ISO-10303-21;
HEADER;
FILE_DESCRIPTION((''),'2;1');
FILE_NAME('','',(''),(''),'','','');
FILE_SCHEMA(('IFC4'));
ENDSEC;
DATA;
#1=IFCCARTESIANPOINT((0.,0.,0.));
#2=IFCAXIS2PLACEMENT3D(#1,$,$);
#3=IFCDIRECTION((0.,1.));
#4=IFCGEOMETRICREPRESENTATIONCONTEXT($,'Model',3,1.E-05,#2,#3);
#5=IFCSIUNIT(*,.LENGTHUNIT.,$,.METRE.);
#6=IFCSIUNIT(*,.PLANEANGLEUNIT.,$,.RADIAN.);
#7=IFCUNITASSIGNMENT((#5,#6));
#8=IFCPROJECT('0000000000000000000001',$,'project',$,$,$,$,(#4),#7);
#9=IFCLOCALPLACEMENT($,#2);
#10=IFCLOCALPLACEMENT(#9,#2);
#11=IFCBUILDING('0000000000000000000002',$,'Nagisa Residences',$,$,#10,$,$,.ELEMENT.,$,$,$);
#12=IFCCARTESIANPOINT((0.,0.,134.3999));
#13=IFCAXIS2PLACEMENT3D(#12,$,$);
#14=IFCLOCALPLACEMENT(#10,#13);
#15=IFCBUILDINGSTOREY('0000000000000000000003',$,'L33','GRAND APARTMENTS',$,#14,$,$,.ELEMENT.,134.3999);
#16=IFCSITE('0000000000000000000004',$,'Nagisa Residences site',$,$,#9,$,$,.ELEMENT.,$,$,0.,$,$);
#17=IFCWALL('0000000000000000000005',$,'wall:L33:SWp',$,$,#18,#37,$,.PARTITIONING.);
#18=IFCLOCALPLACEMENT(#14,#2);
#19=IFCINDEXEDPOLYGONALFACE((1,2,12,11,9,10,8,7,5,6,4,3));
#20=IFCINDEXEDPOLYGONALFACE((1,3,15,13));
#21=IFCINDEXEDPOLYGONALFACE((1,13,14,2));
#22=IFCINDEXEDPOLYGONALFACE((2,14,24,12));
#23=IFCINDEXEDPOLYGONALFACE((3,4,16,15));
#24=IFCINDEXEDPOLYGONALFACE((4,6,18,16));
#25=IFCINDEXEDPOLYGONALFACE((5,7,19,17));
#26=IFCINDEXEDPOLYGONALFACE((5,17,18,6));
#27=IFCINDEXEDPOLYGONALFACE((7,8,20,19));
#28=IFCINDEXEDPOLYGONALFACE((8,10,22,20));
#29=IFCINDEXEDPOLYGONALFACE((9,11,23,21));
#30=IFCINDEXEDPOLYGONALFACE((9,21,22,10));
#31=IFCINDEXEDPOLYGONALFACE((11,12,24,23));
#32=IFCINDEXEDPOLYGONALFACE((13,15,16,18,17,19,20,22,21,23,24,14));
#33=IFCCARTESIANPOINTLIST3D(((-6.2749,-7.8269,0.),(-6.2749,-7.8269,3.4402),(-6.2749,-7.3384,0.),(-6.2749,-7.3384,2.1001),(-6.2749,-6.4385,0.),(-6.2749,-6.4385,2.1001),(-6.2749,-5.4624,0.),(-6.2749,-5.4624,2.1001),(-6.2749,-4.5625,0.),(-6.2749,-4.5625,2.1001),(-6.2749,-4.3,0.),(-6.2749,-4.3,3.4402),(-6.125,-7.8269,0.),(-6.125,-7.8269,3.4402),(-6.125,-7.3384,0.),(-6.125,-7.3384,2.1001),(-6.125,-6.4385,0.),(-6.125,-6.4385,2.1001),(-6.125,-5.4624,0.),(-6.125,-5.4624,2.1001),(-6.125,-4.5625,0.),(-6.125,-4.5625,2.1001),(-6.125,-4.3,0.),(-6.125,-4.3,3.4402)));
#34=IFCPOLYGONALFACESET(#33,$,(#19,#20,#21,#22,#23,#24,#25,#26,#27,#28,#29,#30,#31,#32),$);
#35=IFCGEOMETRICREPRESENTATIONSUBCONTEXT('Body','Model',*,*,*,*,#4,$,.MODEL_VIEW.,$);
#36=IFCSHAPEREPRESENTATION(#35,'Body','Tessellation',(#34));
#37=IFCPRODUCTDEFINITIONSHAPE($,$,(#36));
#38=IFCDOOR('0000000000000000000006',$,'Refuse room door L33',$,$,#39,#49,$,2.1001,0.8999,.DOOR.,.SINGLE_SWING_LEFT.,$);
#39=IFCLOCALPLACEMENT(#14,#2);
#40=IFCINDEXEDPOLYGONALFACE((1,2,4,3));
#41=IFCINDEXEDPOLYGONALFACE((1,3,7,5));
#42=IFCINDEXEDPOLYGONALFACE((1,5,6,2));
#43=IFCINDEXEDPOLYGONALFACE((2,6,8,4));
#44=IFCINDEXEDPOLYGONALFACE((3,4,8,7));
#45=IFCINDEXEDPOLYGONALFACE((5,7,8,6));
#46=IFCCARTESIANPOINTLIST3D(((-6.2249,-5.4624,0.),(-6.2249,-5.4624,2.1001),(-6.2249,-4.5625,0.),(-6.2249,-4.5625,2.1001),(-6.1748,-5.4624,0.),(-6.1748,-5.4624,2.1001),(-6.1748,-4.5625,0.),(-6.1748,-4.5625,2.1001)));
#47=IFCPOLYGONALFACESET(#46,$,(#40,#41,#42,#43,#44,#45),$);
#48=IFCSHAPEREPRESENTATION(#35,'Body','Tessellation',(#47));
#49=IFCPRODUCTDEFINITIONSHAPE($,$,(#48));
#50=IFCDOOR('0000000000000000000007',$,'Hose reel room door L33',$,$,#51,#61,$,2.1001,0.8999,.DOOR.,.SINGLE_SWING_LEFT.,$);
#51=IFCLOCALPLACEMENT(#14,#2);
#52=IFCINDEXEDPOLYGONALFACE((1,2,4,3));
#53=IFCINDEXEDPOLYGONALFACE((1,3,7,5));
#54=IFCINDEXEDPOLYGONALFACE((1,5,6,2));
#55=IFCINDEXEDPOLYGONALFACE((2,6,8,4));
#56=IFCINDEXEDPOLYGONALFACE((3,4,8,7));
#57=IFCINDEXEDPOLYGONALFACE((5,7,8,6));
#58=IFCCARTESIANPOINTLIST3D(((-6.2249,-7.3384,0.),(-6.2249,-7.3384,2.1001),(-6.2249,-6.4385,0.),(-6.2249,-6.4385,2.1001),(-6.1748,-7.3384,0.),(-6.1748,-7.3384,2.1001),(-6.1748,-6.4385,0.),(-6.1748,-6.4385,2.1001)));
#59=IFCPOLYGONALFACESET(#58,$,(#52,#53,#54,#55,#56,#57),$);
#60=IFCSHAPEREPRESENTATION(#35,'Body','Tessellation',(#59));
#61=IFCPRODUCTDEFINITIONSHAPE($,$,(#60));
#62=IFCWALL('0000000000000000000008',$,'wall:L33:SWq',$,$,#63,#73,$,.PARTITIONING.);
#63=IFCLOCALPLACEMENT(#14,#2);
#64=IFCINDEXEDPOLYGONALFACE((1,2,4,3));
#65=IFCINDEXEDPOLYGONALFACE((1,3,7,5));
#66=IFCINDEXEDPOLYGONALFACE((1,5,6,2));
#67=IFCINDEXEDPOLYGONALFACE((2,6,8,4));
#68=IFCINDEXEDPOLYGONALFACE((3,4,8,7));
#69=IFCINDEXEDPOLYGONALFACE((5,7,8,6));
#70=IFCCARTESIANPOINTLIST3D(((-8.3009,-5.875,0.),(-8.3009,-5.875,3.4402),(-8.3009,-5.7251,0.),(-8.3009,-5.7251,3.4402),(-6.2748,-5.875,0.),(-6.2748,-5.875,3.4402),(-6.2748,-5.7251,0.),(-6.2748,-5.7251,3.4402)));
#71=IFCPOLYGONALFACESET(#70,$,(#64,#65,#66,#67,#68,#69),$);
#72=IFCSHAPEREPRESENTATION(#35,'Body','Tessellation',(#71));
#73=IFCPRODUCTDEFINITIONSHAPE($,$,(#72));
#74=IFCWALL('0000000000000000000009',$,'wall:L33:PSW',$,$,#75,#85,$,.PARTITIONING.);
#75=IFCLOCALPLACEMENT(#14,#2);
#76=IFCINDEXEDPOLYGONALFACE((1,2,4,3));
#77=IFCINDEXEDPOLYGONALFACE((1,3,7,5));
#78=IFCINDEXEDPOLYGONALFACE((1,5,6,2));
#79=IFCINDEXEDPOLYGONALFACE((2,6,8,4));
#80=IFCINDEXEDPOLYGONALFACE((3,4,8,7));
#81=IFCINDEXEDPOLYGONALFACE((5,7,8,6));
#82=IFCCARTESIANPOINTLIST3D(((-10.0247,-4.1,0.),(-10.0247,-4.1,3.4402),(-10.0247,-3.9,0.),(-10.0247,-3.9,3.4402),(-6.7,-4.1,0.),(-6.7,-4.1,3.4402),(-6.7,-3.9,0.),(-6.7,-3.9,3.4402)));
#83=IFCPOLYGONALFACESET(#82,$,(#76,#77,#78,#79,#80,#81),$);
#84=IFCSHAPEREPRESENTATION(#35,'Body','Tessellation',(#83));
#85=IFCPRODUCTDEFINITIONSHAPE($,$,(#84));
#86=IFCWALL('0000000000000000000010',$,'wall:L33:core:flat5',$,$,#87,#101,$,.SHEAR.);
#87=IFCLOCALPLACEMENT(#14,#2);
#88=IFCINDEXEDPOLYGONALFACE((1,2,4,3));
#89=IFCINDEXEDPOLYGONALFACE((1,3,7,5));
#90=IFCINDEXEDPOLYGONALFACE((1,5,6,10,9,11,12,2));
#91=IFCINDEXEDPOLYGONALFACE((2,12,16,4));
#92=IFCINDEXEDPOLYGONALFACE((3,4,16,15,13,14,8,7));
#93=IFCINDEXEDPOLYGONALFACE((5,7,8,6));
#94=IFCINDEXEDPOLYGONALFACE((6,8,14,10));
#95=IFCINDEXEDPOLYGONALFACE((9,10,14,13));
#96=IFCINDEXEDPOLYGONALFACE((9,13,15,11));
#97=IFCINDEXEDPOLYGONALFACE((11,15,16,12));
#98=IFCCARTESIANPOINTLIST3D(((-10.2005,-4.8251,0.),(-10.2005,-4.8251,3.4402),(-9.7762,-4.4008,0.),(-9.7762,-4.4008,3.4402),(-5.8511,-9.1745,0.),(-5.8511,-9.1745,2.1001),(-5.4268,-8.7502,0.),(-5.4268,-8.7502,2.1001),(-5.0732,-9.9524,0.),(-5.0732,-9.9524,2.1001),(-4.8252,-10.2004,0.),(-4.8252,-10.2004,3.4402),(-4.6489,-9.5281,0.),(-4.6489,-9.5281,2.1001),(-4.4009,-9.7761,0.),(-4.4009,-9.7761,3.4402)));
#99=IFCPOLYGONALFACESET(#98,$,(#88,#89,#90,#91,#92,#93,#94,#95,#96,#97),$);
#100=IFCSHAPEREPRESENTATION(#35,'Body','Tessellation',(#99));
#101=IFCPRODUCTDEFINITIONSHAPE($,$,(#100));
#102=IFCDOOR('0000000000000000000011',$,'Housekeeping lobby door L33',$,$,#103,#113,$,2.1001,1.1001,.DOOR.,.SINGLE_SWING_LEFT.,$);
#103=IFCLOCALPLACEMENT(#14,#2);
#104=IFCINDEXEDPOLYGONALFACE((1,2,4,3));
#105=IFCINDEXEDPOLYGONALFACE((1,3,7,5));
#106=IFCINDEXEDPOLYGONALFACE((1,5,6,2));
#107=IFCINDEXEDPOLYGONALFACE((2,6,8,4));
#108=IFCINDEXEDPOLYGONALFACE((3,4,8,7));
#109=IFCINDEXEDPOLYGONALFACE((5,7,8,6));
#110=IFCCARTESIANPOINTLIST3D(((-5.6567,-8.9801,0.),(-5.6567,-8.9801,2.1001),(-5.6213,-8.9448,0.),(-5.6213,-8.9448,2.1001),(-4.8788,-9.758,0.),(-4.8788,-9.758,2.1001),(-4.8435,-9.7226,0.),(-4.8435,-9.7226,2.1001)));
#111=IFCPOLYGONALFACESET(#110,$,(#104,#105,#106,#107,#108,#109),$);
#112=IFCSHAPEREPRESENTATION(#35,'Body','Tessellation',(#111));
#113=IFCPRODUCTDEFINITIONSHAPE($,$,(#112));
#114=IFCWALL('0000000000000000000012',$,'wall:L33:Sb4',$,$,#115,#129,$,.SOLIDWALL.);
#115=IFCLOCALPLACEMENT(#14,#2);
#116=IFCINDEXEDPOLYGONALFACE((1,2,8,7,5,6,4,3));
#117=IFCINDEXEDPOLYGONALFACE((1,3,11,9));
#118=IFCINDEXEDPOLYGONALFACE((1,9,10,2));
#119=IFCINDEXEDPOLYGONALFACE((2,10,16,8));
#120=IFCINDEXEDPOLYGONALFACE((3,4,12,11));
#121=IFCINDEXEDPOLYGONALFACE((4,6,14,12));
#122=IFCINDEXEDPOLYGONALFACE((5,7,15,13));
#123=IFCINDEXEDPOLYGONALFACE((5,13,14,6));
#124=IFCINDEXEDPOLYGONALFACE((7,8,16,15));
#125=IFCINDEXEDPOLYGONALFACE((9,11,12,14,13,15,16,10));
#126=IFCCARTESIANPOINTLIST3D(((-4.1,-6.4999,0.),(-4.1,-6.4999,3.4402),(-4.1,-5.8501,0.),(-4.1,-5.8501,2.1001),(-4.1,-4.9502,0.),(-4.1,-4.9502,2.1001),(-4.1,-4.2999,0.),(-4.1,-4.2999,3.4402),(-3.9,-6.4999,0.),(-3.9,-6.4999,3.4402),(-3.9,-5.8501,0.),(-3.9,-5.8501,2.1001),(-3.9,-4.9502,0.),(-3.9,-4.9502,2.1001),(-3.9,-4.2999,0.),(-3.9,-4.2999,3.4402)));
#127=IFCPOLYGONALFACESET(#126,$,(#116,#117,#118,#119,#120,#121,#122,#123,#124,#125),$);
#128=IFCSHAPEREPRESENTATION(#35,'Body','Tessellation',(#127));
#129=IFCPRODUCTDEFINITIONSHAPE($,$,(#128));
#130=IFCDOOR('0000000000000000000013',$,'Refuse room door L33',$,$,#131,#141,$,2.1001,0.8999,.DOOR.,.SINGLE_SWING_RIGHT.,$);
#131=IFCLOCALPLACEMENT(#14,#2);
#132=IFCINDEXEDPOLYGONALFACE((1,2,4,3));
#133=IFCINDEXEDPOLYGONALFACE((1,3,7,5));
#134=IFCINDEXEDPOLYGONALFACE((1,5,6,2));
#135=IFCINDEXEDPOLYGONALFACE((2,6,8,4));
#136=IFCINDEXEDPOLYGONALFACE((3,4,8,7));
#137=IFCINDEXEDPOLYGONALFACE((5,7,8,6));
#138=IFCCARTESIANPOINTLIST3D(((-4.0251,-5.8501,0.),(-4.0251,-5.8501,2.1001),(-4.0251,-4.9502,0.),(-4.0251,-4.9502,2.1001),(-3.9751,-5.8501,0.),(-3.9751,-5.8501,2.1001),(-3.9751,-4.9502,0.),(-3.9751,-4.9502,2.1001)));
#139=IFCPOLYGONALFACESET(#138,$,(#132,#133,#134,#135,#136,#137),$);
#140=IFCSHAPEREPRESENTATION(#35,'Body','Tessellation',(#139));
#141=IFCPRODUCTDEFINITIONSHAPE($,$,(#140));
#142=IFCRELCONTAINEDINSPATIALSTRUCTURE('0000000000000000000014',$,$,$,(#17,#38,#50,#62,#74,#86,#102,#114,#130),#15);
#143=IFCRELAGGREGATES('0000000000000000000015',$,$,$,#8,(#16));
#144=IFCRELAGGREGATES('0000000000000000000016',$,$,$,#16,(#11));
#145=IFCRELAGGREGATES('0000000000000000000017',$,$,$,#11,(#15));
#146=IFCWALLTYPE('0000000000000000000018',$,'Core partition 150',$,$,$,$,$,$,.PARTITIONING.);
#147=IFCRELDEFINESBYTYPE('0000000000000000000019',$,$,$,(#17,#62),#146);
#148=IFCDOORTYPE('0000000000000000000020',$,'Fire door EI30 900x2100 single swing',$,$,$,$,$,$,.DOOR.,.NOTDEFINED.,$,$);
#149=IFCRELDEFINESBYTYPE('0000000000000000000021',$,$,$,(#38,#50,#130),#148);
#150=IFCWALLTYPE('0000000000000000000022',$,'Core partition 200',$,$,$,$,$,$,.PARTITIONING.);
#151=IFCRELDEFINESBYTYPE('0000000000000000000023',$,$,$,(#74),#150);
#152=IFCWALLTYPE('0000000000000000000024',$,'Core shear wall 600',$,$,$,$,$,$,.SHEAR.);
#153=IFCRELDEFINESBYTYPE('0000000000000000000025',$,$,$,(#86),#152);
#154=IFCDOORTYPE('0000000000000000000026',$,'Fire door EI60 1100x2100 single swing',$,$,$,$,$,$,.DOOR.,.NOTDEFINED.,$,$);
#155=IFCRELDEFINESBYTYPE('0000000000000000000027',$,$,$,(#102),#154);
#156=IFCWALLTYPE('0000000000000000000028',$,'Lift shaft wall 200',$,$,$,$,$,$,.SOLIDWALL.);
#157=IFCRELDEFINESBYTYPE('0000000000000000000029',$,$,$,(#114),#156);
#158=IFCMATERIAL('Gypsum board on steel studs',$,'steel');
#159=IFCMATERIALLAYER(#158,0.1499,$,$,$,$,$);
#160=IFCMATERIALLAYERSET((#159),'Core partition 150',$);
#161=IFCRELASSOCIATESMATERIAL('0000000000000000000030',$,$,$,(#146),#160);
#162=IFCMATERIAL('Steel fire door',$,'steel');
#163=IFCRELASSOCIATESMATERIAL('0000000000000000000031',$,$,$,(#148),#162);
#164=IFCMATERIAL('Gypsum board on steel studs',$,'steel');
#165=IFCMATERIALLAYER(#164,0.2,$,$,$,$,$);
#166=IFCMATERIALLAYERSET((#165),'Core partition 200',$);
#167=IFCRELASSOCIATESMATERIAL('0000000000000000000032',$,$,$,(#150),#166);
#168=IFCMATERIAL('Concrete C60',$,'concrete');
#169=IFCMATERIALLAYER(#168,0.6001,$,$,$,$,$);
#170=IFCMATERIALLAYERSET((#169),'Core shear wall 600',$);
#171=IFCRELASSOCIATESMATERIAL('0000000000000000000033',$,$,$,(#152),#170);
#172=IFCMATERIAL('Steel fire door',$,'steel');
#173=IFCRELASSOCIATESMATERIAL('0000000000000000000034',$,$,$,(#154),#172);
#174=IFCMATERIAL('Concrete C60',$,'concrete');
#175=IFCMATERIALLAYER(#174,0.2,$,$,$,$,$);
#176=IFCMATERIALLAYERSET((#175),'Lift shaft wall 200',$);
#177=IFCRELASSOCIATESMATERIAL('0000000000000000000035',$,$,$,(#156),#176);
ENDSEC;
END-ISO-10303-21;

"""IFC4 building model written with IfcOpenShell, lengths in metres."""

from ifc_helpers import new_model, si_unit, direction, frame, frame_2d, origin, place, context, subcontext, project, spatial, rectangle, extrude, material, layer, layer_set, type_object, element, fill, save


model = new_model("IFC4")

# Units and contexts
model_context = context("Model", 3, precision=1e-05, world=origin(), true_north=direction((0.0, 1.0)))
body_context = subcontext(model_context, "Body", "Model", "MODEL_VIEW")
ifc_project = project(units=[si_unit("LENGTHUNIT", "METRE"), si_unit("PLANEANGLEUNIT", "RADIAN")], contexts=[model_context])

# Site, building, storey
site_placement = place(None, origin())
site = spatial("IfcSite", under=ifc_project, at=site_placement, Name="Nagisa Residences site", CompositionType="ELEMENT", RefElevation=0.0)
building_placement = place(site_placement, origin())
building = spatial("IfcBuilding", under=site, at=building_placement, Name="Nagisa Residences", CompositionType="ELEMENT")
storey_placement = place(building_placement, frame((0.0, 0.0, 134.3999)))
storey = spatial("IfcBuildingStorey", under=building, at=storey_placement, Name="L33", Description="GRAND APARTMENTS", CompositionType="ELEMENT", Elevation=134.3999)

# Wall, openings, doors
ifc_material_1 = material(Name="Gypsum board on steel studs", Category="steel")
ifc_layer_1 = layer(ifc_material_1, 0.1499)
ifc_layer_set_1 = layer_set([ifc_layer_1], Name="Core partition 150")
wall_type_1 = type_object("IfcWallType", Name="Core partition 150", PredefinedType="PARTITIONING", material=ifc_layer_set_1)
wall_1_placement = place(storey_placement, frame((-6.2, -7.8269, 0.0), z_axis=(0.0, 0.0, 1.0), x_axis=(0.0, 1.0, 0.0)))
wall_1 = element("IfcWall", 1, at=wall_1_placement, inside=storey, type_object=wall_type_1, Name="wall:L33:SWp", PredefinedType="PARTITIONING", context=body_context, shape_type="SweptSolid", body=[
    extrude(rectangle(XDim=3.5269, YDim=0.1499, at=frame_2d((1.7634, 0.0))), origin(), (0.0, 0.0, 1.0), 3.4402),
])
opening_1_placement = place(wall_1_placement, frame((2.3645, 0.0, 0.0)))
opening_1 = element("IfcOpeningElement", 2, at=opening_1_placement, cuts=wall_1, PredefinedType="OPENING", context=body_context, shape_type="SweptSolid", body=[
    extrude(rectangle(XDim=0.8999, YDim=2.1001, at=frame_2d((0.45, 1.05))), frame((0.0, 0.085, 0.0), z_axis=(0.0, -1.0, 0.0), x_axis=(1.0, 0.0, 0.0)), (0.0, 0.0, 1.0), 0.1699),
])
opening_2_placement = place(wall_1_placement, frame((0.4885, 0.0, 0.0)))
opening_2 = element("IfcOpeningElement", 3, at=opening_2_placement, cuts=wall_1, PredefinedType="OPENING", context=body_context, shape_type="SweptSolid", body=[
    extrude(rectangle(XDim=0.8999, YDim=2.1001, at=frame_2d((0.45, 1.05))), frame((0.0, 0.085, 0.0), z_axis=(0.0, -1.0, 0.0), x_axis=(1.0, 0.0, 0.0)), (0.0, 0.0, 1.0), 0.1699),
])
ifc_material_2 = material(Name="Steel fire door", Category="steel")
door_type_1 = type_object("IfcDoorType", Name="Fire door EI30 900x2100 single swing", OperationType="NOTDEFINED", PredefinedType="DOOR", material=ifc_material_2)
door_1_placement = place(opening_1_placement, origin())
door_1 = element("IfcDoor", 4, at=door_1_placement, inside=storey, type_object=door_type_1, Name="Refuse room door L33", OperationType="SINGLE_SWING_LEFT", OverallHeight=2.1001, OverallWidth=0.8999, PredefinedType="DOOR", context=body_context, shape_type="SweptSolid", body=[
    extrude(rectangle(XDim=0.8999, YDim=2.1001, at=frame_2d((0.45, 1.05))), frame((0.0, 0.0249, 0.0), z_axis=(0.0, -1.0, 0.0), x_axis=(1.0, 0.0, 0.0)), (0.0, 0.0, 1.0), 0.05),
])
fill(opening_1, door_1)
door_2_placement = place(opening_2_placement, origin())
door_2 = element("IfcDoor", 5, at=door_2_placement, inside=storey, type_object=door_type_1, Name="Hose reel room door L33", OperationType="SINGLE_SWING_LEFT", OverallHeight=2.1001, OverallWidth=0.8999, PredefinedType="DOOR", context=body_context, shape_type="SweptSolid", body=[
    extrude(rectangle(XDim=0.8999, YDim=2.1001, at=frame_2d((0.45, 1.05))), frame((0.0, 0.0249, 0.0), z_axis=(0.0, -1.0, 0.0), x_axis=(1.0, 0.0, 0.0)), (0.0, 0.0, 1.0), 0.05),
])
fill(opening_2, door_2)

# Walls
wall_2_placement = place(storey_placement, frame((-8.301, -5.8, 0.0), z_axis=(0.0, 0.0, 1.0), x_axis=(1.0, 0.0, 0.0)))
element("IfcWall", 6, at=wall_2_placement, inside=storey, type_object=wall_type_1, Name="wall:L33:SWq", PredefinedType="PARTITIONING", context=body_context, shape_type="SweptSolid", body=[
    extrude(rectangle(XDim=2.0261, YDim=0.1499, at=frame_2d((1.0132, 0.0))), origin(), (0.0, 0.0, 1.0), 3.4402),
])
ifc_material_3 = material(Name="Gypsum board on steel studs", Category="steel")
ifc_layer_2 = layer(ifc_material_3, 0.2)
ifc_layer_set_2 = layer_set([ifc_layer_2], Name="Core partition 200")
wall_type_2 = type_object("IfcWallType", Name="Core partition 200", PredefinedType="PARTITIONING", material=ifc_layer_set_2)
wall_3_placement = place(storey_placement, frame((-10.0247, -4.0, 0.0), z_axis=(0.0, 0.0, 1.0), x_axis=(1.0, 0.0, 0.0)))
element("IfcWall", 7, at=wall_3_placement, inside=storey, type_object=wall_type_2, Name="wall:L33:PSW", PredefinedType="PARTITIONING", context=body_context, shape_type="SweptSolid", body=[
    extrude(rectangle(XDim=3.3247, YDim=0.2, at=frame_2d((1.6624, 0.0))), origin(), (0.0, 0.0, 1.0), 3.4402),
])

# Walls, openings, doors
ifc_material_4 = material(Name="Concrete C60", Category="concrete")
ifc_layer_3 = layer(ifc_material_4, 0.6001)
ifc_layer_set_3 = layer_set([ifc_layer_3], Name="Core shear wall 600")
wall_type_3 = type_object("IfcWallType", Name="Core shear wall 600", PredefinedType="SHEAR", material=ifc_layer_set_3)
wall_4_placement = place(storey_placement, frame((-9.9883, -4.613, 0.0), z_axis=(0.0, 0.0, 1.0), x_axis=(0.707107, -0.707107, 0.0)))
wall_4 = element("IfcWall", 8, at=wall_4_placement, inside=storey, type_object=wall_type_3, Name="wall:L33:core:flat5", PredefinedType="SHEAR", context=body_context, shape_type="SweptSolid", body=[
    extrude(rectangle(XDim=7.6018, YDim=0.6001, at=frame_2d((3.8008, 0.0))), origin(), (0.0, 0.0, 1.0), 3.4402),
])
opening_3_placement = place(wall_4_placement, frame((6.1509, 0.0, 0.0)))
opening_3 = element("IfcOpeningElement", 9, at=opening_3_placement, cuts=wall_4, PredefinedType="OPENING", context=body_context, shape_type="SweptSolid", body=[
    extrude(rectangle(XDim=1.1001, YDim=2.1001, at=frame_2d((0.55, 1.05))), frame((0.0, 0.3101, 0.0), z_axis=(0.0, -1.0, 0.0), x_axis=(1.0, 0.0, 0.0)), (0.0, 0.0, 1.0), 0.6201),
])
ifc_material_5 = material(Name="Steel fire door", Category="steel")
door_type_2 = type_object("IfcDoorType", Name="Fire door EI60 1100x2100 single swing", OperationType="NOTDEFINED", PredefinedType="DOOR", material=ifc_material_5)
door_3_placement = place(opening_3_placement, origin())
door_3 = element("IfcDoor", 10, at=door_3_placement, inside=storey, type_object=door_type_2, Name="Housekeeping lobby door L33", OperationType="SINGLE_SWING_LEFT", OverallHeight=2.1001, OverallWidth=1.1001, PredefinedType="DOOR", context=body_context, shape_type="SweptSolid", body=[
    extrude(rectangle(XDim=1.1001, YDim=2.1001, at=frame_2d((0.55, 1.05))), frame((0.0, 0.0249, 0.0), z_axis=(0.0, -1.0, 0.0), x_axis=(1.0, 0.0, 0.0)), (0.0, 0.0, 1.0), 0.05),
])
fill(opening_3, door_3)
ifc_material_6 = material(Name="Concrete C60", Category="concrete")
ifc_layer_4 = layer(ifc_material_6, 0.2)
ifc_layer_set_4 = layer_set([ifc_layer_4], Name="Lift shaft wall 200")
wall_type_4 = type_object("IfcWallType", Name="Lift shaft wall 200", PredefinedType="SOLIDWALL", material=ifc_layer_set_4)
wall_5_placement = place(storey_placement, frame((-4.0, -6.5, 0.0), z_axis=(0.0, 0.0, 1.0), x_axis=(0.0, 1.0, 0.0)))
wall_5 = element("IfcWall", 11, at=wall_5_placement, inside=storey, type_object=wall_type_4, Name="wall:L33:Sb4", PredefinedType="SOLIDWALL", context=body_context, shape_type="SweptSolid", body=[
    extrude(rectangle(XDim=2.2, YDim=0.2, at=frame_2d((1.1001, 0.0))), origin(), (0.0, 0.0, 1.0), 3.4402),
])
opening_4_placement = place(wall_5_placement, frame((0.6499, 0.0, 0.0)))
opening_4 = element("IfcOpeningElement", 12, at=opening_4_placement, cuts=wall_5, PredefinedType="OPENING", context=body_context, shape_type="SweptSolid", body=[
    extrude(rectangle(XDim=0.8999, YDim=2.1001, at=frame_2d((0.45, 1.05))), frame((0.0, 0.1099, 0.0), z_axis=(0.0, -1.0, 0.0), x_axis=(1.0, 0.0, 0.0)), (0.0, 0.0, 1.0), 0.22),
])
door_4_placement = place(opening_4_placement, frame((0.8999, 0.0, 0.0), x_axis=(-1.0, 0.0, 0.0)))
door_4 = element("IfcDoor", 13, at=door_4_placement, inside=storey, type_object=door_type_1, Name="Refuse room door L33", OperationType="SINGLE_SWING_RIGHT", OverallHeight=2.1001, OverallWidth=0.8999, PredefinedType="DOOR", context=body_context, shape_type="SweptSolid", body=[
    extrude(rectangle(XDim=0.8999, YDim=2.1001, at=frame_2d((0.45, 1.05))), frame((0.0, 0.0249, 0.0), z_axis=(0.0, -1.0, 0.0), x_axis=(1.0, 0.0, 0.0)), (0.0, 0.0, 1.0), 0.05),
])
fill(opening_4, door_4)

save(model, "model.ifc")
